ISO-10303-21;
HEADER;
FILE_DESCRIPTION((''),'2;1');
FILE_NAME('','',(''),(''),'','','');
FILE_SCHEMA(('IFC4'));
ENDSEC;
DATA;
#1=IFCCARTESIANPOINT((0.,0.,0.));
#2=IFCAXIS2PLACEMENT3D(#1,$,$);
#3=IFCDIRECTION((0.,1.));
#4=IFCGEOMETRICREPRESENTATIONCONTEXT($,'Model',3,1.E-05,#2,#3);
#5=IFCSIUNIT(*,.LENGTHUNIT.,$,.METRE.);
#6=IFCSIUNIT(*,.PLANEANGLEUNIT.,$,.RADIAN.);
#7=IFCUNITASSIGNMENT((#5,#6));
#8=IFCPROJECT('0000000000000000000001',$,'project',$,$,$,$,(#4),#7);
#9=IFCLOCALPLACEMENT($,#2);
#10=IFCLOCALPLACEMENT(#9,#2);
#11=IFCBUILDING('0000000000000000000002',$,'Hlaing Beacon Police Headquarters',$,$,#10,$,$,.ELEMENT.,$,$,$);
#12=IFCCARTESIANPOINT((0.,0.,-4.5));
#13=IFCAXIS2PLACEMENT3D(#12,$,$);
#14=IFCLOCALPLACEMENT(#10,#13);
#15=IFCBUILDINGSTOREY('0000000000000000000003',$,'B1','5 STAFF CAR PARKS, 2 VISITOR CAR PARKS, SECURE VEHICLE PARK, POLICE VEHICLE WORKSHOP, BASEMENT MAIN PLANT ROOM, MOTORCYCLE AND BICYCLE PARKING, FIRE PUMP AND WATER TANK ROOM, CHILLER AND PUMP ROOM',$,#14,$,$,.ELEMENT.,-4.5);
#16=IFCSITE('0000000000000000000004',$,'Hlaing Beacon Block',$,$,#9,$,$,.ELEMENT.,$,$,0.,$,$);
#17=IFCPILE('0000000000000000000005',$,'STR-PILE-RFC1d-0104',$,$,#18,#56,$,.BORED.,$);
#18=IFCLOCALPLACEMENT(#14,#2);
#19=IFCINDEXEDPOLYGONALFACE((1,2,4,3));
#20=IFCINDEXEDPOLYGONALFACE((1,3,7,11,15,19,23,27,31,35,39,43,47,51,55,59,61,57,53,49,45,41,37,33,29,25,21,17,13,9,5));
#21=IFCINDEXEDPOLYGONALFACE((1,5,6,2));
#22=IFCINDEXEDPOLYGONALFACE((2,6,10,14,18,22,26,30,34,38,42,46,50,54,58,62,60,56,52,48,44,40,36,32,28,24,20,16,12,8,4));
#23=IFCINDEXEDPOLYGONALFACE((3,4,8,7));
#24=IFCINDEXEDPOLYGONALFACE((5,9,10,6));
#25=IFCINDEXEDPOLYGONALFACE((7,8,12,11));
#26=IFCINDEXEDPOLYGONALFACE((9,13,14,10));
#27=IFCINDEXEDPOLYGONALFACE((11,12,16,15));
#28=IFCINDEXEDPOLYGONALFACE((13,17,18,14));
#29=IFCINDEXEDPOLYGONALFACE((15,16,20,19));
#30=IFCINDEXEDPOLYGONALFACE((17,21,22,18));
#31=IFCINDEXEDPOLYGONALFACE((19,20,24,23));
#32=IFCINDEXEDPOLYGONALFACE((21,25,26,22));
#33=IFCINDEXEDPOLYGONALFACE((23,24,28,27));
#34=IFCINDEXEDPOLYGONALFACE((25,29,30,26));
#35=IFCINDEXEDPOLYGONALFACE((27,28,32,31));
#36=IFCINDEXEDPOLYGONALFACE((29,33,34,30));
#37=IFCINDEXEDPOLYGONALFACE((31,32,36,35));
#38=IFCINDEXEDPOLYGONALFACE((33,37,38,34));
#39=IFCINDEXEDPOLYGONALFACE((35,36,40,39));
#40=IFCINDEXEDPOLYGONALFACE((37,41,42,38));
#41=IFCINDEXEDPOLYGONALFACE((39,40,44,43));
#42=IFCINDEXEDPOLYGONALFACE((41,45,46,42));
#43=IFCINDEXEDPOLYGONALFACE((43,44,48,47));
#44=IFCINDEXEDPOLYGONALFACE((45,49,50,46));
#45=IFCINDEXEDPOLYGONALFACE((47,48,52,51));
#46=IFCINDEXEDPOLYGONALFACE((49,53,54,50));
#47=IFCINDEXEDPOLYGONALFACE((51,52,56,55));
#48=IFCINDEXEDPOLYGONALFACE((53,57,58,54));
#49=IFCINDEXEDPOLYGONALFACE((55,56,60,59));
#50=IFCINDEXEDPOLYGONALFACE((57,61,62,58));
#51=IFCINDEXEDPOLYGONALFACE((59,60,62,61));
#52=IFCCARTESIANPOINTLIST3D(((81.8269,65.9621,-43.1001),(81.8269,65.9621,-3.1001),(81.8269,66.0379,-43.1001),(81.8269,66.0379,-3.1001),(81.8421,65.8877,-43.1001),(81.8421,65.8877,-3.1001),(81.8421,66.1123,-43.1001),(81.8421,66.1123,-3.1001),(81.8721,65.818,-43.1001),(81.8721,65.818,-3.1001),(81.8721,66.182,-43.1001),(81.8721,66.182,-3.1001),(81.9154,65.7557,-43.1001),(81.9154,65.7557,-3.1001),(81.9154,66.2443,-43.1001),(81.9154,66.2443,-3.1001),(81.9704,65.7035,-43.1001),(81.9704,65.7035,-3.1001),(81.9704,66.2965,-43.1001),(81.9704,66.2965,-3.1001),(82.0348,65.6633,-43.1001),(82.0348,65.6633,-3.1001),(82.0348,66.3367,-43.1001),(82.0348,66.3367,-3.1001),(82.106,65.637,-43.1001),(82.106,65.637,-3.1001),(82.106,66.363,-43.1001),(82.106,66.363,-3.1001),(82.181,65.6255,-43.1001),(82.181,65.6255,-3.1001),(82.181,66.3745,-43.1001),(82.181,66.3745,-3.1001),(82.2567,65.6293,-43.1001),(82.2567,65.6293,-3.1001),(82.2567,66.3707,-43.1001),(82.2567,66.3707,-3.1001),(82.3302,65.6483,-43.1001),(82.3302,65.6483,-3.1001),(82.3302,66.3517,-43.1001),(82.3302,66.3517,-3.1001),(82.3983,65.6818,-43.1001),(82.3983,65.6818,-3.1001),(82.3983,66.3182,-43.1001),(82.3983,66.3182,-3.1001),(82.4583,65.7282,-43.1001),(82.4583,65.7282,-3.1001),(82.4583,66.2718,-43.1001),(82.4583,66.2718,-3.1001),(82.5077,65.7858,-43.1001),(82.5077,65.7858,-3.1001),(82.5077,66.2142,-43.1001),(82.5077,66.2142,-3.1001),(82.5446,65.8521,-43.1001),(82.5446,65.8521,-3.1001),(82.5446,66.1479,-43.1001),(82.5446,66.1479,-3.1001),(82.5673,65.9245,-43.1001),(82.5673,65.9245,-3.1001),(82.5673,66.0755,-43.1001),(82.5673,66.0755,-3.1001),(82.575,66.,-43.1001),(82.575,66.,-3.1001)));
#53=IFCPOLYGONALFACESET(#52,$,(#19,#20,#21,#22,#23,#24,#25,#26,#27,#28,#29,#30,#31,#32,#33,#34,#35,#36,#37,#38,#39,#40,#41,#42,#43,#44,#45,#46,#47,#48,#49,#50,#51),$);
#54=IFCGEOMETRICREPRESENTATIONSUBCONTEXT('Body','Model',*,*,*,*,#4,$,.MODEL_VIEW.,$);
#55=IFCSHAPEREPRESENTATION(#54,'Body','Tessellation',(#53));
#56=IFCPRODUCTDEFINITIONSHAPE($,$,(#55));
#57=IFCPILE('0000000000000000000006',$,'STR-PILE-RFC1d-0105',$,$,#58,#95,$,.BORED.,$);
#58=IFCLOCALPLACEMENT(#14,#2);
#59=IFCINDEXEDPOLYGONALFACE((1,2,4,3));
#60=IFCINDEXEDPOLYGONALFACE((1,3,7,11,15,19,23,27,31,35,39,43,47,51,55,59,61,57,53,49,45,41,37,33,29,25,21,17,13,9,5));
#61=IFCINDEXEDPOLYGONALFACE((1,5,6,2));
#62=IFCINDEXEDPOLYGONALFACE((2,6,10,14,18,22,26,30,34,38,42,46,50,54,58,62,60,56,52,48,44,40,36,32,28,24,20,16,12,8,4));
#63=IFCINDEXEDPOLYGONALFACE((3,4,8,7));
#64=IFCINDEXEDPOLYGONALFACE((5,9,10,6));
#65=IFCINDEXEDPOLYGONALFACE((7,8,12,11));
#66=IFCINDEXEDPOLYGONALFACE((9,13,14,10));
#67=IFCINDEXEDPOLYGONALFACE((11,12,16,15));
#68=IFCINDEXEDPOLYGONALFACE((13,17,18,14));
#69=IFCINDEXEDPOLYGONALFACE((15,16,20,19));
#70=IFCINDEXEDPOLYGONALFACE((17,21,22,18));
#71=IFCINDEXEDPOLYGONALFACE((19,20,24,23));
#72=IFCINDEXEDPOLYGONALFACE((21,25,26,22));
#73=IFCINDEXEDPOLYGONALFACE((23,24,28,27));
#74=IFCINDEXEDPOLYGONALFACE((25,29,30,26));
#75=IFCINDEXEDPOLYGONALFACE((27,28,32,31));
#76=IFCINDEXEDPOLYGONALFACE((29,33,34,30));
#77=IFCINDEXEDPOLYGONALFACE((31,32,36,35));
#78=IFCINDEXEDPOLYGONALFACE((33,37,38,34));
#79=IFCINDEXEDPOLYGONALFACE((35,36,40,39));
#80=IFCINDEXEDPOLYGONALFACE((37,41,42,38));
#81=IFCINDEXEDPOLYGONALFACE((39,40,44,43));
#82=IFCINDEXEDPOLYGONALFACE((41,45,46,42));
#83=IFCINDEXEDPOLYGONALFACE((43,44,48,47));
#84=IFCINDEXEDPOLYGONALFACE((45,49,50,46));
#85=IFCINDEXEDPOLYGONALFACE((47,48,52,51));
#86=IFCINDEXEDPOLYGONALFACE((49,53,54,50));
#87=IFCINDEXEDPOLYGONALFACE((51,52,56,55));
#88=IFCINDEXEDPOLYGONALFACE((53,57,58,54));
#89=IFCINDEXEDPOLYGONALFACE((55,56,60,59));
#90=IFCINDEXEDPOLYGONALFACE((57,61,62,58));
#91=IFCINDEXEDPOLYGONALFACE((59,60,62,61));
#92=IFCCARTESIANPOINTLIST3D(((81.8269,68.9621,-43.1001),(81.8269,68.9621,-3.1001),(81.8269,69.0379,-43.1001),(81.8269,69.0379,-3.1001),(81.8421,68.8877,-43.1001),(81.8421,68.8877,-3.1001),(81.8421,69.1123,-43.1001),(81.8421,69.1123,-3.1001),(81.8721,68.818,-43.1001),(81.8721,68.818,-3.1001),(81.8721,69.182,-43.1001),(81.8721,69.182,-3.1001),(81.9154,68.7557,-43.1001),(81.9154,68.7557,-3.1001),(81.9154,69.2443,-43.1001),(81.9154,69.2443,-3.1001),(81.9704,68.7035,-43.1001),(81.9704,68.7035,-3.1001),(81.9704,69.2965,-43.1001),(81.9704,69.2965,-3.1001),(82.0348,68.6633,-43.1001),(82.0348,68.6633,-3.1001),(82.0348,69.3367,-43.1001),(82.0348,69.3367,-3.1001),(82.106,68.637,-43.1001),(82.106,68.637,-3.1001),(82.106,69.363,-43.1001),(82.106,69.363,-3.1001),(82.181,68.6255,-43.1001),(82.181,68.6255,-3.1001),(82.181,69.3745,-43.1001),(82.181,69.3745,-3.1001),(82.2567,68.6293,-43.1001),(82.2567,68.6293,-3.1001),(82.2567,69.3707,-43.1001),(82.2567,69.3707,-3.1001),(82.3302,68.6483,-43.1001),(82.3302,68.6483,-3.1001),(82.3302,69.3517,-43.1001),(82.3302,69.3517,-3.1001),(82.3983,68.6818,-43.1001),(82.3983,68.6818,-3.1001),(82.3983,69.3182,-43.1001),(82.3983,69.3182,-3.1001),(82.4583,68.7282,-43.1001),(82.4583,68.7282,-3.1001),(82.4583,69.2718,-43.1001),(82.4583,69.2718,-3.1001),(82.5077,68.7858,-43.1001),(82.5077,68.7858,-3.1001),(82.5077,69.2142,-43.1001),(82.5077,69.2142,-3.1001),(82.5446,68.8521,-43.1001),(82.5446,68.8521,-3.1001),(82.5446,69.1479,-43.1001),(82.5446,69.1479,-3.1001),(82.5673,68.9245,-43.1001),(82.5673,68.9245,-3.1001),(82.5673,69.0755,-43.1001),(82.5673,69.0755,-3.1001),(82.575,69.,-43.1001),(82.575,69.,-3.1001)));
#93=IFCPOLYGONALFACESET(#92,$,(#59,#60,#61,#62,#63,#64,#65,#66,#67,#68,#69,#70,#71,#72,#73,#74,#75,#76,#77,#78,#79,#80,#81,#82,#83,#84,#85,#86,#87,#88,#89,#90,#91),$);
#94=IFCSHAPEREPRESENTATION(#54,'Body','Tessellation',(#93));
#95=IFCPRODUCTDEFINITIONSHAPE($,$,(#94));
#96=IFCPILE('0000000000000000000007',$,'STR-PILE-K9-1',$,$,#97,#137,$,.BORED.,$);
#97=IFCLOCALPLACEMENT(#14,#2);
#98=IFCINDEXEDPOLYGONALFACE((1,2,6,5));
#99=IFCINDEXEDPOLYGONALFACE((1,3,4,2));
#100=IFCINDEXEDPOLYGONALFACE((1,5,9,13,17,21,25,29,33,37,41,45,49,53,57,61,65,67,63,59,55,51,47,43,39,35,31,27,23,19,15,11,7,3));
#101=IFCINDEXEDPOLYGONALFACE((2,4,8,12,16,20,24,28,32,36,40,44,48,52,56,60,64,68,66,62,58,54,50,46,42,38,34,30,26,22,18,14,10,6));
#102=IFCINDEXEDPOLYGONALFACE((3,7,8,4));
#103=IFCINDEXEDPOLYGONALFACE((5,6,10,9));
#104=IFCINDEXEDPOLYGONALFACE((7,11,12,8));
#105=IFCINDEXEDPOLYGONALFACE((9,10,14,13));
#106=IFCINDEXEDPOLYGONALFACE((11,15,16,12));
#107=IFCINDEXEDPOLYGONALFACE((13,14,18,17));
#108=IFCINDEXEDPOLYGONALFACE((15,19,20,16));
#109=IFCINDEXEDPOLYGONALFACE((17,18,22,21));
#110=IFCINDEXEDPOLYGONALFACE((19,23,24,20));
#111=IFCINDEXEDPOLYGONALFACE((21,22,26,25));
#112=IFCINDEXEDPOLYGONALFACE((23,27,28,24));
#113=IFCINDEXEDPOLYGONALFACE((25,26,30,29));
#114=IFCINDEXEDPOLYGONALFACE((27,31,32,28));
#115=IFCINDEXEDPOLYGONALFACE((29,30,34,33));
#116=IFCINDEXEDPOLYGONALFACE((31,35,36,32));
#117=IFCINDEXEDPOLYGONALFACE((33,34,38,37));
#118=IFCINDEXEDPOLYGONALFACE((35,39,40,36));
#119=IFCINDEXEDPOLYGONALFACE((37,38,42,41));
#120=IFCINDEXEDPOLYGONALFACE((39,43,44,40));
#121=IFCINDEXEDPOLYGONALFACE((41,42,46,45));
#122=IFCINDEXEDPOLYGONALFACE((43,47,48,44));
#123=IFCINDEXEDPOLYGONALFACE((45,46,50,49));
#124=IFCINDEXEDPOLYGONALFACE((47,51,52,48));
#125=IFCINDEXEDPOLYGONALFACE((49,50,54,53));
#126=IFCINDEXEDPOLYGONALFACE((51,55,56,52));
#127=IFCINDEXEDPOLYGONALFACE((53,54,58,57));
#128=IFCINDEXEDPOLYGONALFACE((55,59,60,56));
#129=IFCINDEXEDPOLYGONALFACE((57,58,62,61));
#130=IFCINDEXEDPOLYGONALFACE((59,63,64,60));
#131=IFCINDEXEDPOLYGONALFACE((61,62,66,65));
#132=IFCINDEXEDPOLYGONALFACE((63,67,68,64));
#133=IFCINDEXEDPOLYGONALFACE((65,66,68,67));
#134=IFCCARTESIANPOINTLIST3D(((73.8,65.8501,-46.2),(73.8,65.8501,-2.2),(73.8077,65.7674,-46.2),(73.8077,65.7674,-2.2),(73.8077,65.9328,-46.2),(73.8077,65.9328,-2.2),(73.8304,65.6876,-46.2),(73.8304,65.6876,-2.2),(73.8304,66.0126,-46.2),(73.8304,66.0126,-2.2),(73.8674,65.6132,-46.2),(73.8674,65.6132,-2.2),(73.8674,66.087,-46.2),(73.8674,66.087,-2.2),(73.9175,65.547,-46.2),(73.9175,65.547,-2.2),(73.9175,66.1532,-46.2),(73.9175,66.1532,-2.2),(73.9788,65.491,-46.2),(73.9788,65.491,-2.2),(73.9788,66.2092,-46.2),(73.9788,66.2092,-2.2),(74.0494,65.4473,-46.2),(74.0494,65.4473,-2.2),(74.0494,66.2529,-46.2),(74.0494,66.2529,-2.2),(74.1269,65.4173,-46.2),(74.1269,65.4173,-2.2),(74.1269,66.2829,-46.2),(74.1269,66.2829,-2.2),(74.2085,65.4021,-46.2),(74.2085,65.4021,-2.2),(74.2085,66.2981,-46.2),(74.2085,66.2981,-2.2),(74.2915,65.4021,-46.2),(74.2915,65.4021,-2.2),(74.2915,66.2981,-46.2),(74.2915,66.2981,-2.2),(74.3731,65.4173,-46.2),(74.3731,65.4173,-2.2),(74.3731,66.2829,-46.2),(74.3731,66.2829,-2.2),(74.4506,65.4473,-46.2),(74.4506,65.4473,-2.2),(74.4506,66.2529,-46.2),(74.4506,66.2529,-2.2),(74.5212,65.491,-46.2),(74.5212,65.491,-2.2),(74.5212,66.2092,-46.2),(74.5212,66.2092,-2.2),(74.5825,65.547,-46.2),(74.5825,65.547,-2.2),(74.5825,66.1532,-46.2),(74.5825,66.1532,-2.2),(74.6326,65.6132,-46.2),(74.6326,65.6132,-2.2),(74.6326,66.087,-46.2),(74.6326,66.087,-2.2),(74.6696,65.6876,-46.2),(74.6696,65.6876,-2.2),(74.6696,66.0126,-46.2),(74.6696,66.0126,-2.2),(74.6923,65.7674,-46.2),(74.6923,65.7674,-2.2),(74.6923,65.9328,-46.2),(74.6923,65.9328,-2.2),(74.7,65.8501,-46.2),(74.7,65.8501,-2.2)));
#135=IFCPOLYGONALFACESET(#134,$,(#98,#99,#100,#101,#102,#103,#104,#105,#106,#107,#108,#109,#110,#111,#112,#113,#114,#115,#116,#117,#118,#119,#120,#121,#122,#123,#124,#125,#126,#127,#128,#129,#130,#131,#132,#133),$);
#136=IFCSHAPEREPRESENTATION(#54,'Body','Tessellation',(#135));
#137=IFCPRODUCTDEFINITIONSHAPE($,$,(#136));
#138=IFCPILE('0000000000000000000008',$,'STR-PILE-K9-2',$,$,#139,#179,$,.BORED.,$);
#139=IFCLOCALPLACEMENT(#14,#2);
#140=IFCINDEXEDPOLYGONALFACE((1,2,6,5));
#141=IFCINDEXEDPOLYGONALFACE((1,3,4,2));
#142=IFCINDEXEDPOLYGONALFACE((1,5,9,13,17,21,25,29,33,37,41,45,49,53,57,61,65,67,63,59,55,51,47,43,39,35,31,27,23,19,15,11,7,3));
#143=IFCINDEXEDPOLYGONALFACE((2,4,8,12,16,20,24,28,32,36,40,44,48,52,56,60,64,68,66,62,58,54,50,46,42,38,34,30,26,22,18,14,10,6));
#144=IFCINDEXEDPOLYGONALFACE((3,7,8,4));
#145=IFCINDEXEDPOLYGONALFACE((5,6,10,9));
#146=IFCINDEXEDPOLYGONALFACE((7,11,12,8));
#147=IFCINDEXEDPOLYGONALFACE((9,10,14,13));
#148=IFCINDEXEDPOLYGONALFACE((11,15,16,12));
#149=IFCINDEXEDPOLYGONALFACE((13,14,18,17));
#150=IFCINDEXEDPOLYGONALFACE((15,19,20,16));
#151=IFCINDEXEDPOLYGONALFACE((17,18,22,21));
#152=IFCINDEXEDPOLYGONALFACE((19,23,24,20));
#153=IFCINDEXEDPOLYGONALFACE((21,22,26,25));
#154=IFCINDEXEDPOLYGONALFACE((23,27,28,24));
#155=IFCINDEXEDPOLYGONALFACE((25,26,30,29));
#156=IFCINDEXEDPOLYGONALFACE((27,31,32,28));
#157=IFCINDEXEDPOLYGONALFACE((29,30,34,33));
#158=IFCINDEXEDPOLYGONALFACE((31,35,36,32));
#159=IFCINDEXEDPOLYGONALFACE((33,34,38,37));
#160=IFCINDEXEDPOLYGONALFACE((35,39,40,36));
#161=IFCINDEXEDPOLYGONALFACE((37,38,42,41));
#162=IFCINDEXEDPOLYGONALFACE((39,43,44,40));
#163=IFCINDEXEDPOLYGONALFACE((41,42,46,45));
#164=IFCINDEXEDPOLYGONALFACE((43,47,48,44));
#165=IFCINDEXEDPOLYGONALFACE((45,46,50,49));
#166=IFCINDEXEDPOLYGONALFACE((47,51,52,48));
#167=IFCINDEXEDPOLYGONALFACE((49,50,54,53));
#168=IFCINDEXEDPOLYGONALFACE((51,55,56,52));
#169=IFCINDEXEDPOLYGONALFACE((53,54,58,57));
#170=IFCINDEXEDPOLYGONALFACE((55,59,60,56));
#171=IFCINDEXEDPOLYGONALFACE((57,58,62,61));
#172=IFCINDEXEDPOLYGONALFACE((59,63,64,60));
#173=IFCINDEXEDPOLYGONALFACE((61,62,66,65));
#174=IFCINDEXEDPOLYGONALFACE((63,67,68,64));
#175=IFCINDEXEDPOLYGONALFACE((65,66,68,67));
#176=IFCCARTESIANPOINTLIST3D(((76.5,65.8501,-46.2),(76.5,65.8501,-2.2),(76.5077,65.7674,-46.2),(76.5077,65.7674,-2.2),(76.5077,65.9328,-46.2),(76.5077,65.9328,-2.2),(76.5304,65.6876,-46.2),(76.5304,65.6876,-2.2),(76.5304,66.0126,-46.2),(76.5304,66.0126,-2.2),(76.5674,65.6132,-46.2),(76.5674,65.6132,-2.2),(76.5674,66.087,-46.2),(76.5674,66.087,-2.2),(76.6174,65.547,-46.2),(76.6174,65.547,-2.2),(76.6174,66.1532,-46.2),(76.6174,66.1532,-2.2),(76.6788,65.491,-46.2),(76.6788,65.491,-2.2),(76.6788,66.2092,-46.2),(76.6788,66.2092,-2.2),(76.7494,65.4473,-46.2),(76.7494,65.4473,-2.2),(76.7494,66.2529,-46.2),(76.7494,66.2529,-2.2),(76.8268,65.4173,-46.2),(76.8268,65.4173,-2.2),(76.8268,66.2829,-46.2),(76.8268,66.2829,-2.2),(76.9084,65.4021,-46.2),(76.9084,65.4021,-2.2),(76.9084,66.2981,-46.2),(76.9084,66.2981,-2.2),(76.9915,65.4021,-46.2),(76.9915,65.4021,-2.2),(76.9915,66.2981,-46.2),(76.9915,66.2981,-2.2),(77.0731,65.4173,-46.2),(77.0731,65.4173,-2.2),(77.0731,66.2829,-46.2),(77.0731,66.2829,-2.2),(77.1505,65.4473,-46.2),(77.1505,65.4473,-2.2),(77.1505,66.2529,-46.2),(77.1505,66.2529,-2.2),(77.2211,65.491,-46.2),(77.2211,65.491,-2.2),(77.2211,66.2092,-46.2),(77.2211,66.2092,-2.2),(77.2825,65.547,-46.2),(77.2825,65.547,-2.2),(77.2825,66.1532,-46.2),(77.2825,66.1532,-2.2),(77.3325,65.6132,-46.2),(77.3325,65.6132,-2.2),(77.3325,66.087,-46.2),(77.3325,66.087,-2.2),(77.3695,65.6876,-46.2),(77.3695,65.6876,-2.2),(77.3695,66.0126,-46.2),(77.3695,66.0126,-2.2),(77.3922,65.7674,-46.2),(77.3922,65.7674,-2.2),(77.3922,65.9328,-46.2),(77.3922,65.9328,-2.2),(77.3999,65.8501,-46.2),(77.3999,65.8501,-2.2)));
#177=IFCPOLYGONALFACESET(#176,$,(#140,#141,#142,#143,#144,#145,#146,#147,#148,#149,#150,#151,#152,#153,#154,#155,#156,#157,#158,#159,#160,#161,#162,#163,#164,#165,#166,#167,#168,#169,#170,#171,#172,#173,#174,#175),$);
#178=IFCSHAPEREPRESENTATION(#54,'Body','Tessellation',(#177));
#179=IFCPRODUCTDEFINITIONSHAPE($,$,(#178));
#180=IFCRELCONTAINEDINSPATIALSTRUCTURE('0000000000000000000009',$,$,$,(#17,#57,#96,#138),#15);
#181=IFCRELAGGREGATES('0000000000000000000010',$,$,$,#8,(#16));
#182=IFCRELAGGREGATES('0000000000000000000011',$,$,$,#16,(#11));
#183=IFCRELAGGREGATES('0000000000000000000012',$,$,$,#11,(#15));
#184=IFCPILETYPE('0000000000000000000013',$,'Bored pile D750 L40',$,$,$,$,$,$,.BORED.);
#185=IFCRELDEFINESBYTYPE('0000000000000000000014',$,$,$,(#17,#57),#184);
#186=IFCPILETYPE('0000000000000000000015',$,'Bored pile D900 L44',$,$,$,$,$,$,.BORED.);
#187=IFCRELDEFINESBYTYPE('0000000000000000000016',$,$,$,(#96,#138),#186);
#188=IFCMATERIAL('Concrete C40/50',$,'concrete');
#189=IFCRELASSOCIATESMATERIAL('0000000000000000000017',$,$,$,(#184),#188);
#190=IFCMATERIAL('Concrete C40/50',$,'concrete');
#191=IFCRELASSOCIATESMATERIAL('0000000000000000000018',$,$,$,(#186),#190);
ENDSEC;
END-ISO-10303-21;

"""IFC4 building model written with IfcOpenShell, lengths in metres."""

from ifc_helpers import new_model, si_unit, direction, frame, origin, origin_2d, place, context, subcontext, project, spatial, circle, extrude, material, material_profile, profile_set, type_object, element, save


model = new_model("IFC4")

# Units and contexts
model_context = context("Model", 3, precision=1e-05, world=origin(), true_north=direction((0.0, 1.0)))
body_context = subcontext(model_context, "Body", "Model", "MODEL_VIEW")
ifc_project = project(units=[si_unit("LENGTHUNIT", "METRE"), si_unit("PLANEANGLEUNIT", "RADIAN")], contexts=[model_context])

# Site, building, storey
site_placement = place(None, origin())
site = spatial("IfcSite", under=ifc_project, at=site_placement, Name="Hlaing Beacon Block", CompositionType="ELEMENT", RefElevation=0.0)
building_placement = place(site_placement, origin())
building = spatial("IfcBuilding", under=site, at=building_placement, Name="Hlaing Beacon Police Headquarters", CompositionType="ELEMENT")
storey_placement = place(building_placement, frame((0.0, 0.0, -4.5)))
storey = spatial("IfcBuildingStorey", under=building, at=storey_placement, Name="B1", Description="5 STAFF CAR PARKS, 2 VISITOR CAR PARKS, SECURE VEHICLE PARK, POLICE VEHICLE WORKSHOP, BASEMENT MAIN PLANT ROOM, MOTORCYCLE AND BICYCLE PARKING, FIRE PUMP AND WATER TANK ROOM, CHILLER AND PUMP ROOM", CompositionType="ELEMENT", Elevation=-4.5)

# Piles
ifc_material_1 = material(Name="Concrete C40/50", Category="concrete")
ifc_material_profile_1 = material_profile(ifc_material_1, circle(Radius=0.375, at=origin_2d()), Name="D750")
ifc_profile_set_1 = profile_set([ifc_material_profile_1], Name="Concrete C40/50")
pile_type_1 = type_object("IfcPileType", Name="Bored pile D750 L40", PredefinedType="BORED", material=ifc_profile_set_1)
for number, where, z_axis, x_axis, name in (
    (1, (82.2, 66.0, -3.1001), (0.0, 0.0, -1.0), (1.0, 0.0, 0.0), "STR-PILE-RFC1d-0104"),
    (2, (82.2, 69.0, -3.1001), (0.0, 0.0, -1.0), (1.0, 0.0, 0.0), "STR-PILE-RFC1d-0105"),
):
    element("IfcPile", number, at=place(storey_placement, frame(where, z_axis=z_axis, x_axis=x_axis)), inside=storey, type_object=pile_type_1, Name=name, PredefinedType="BORED", context=body_context, shape_type="SweptSolid", body=[
        extrude(circle(Radius=0.375, at=origin_2d()), origin(), (0.0, 0.0, 1.0), 40.0),
    ])
ifc_material_2 = material(Name="Concrete C40/50", Category="concrete")
ifc_material_profile_2 = material_profile(ifc_material_2, circle(Radius=0.45, at=origin_2d()), Name="D900")
ifc_profile_set_2 = profile_set([ifc_material_profile_2], Name="Concrete C40/50")
pile_type_2 = type_object("IfcPileType", Name="Bored pile D900 L44", PredefinedType="BORED", material=ifc_profile_set_2)
for number, where, z_axis, x_axis, name in (
    (3, (74.25, 65.8501, -2.2), (0.0, 0.0, -1.0), (1.0, 0.0, 0.0), "STR-PILE-K9-1"),
    (4, (76.95, 65.8501, -2.2), (0.0, 0.0, -1.0), (1.0, 0.0, 0.0), "STR-PILE-K9-2"),
):
    element("IfcPile", number, at=place(storey_placement, frame(where, z_axis=z_axis, x_axis=x_axis)), inside=storey, type_object=pile_type_2, Name=name, PredefinedType="BORED", context=body_context, shape_type="SweptSolid", body=[
        extrude(circle(Radius=0.45, at=origin_2d()), origin(), (0.0, 0.0, 1.0), 44.0),
    ])

save(model, "model.ifc")
